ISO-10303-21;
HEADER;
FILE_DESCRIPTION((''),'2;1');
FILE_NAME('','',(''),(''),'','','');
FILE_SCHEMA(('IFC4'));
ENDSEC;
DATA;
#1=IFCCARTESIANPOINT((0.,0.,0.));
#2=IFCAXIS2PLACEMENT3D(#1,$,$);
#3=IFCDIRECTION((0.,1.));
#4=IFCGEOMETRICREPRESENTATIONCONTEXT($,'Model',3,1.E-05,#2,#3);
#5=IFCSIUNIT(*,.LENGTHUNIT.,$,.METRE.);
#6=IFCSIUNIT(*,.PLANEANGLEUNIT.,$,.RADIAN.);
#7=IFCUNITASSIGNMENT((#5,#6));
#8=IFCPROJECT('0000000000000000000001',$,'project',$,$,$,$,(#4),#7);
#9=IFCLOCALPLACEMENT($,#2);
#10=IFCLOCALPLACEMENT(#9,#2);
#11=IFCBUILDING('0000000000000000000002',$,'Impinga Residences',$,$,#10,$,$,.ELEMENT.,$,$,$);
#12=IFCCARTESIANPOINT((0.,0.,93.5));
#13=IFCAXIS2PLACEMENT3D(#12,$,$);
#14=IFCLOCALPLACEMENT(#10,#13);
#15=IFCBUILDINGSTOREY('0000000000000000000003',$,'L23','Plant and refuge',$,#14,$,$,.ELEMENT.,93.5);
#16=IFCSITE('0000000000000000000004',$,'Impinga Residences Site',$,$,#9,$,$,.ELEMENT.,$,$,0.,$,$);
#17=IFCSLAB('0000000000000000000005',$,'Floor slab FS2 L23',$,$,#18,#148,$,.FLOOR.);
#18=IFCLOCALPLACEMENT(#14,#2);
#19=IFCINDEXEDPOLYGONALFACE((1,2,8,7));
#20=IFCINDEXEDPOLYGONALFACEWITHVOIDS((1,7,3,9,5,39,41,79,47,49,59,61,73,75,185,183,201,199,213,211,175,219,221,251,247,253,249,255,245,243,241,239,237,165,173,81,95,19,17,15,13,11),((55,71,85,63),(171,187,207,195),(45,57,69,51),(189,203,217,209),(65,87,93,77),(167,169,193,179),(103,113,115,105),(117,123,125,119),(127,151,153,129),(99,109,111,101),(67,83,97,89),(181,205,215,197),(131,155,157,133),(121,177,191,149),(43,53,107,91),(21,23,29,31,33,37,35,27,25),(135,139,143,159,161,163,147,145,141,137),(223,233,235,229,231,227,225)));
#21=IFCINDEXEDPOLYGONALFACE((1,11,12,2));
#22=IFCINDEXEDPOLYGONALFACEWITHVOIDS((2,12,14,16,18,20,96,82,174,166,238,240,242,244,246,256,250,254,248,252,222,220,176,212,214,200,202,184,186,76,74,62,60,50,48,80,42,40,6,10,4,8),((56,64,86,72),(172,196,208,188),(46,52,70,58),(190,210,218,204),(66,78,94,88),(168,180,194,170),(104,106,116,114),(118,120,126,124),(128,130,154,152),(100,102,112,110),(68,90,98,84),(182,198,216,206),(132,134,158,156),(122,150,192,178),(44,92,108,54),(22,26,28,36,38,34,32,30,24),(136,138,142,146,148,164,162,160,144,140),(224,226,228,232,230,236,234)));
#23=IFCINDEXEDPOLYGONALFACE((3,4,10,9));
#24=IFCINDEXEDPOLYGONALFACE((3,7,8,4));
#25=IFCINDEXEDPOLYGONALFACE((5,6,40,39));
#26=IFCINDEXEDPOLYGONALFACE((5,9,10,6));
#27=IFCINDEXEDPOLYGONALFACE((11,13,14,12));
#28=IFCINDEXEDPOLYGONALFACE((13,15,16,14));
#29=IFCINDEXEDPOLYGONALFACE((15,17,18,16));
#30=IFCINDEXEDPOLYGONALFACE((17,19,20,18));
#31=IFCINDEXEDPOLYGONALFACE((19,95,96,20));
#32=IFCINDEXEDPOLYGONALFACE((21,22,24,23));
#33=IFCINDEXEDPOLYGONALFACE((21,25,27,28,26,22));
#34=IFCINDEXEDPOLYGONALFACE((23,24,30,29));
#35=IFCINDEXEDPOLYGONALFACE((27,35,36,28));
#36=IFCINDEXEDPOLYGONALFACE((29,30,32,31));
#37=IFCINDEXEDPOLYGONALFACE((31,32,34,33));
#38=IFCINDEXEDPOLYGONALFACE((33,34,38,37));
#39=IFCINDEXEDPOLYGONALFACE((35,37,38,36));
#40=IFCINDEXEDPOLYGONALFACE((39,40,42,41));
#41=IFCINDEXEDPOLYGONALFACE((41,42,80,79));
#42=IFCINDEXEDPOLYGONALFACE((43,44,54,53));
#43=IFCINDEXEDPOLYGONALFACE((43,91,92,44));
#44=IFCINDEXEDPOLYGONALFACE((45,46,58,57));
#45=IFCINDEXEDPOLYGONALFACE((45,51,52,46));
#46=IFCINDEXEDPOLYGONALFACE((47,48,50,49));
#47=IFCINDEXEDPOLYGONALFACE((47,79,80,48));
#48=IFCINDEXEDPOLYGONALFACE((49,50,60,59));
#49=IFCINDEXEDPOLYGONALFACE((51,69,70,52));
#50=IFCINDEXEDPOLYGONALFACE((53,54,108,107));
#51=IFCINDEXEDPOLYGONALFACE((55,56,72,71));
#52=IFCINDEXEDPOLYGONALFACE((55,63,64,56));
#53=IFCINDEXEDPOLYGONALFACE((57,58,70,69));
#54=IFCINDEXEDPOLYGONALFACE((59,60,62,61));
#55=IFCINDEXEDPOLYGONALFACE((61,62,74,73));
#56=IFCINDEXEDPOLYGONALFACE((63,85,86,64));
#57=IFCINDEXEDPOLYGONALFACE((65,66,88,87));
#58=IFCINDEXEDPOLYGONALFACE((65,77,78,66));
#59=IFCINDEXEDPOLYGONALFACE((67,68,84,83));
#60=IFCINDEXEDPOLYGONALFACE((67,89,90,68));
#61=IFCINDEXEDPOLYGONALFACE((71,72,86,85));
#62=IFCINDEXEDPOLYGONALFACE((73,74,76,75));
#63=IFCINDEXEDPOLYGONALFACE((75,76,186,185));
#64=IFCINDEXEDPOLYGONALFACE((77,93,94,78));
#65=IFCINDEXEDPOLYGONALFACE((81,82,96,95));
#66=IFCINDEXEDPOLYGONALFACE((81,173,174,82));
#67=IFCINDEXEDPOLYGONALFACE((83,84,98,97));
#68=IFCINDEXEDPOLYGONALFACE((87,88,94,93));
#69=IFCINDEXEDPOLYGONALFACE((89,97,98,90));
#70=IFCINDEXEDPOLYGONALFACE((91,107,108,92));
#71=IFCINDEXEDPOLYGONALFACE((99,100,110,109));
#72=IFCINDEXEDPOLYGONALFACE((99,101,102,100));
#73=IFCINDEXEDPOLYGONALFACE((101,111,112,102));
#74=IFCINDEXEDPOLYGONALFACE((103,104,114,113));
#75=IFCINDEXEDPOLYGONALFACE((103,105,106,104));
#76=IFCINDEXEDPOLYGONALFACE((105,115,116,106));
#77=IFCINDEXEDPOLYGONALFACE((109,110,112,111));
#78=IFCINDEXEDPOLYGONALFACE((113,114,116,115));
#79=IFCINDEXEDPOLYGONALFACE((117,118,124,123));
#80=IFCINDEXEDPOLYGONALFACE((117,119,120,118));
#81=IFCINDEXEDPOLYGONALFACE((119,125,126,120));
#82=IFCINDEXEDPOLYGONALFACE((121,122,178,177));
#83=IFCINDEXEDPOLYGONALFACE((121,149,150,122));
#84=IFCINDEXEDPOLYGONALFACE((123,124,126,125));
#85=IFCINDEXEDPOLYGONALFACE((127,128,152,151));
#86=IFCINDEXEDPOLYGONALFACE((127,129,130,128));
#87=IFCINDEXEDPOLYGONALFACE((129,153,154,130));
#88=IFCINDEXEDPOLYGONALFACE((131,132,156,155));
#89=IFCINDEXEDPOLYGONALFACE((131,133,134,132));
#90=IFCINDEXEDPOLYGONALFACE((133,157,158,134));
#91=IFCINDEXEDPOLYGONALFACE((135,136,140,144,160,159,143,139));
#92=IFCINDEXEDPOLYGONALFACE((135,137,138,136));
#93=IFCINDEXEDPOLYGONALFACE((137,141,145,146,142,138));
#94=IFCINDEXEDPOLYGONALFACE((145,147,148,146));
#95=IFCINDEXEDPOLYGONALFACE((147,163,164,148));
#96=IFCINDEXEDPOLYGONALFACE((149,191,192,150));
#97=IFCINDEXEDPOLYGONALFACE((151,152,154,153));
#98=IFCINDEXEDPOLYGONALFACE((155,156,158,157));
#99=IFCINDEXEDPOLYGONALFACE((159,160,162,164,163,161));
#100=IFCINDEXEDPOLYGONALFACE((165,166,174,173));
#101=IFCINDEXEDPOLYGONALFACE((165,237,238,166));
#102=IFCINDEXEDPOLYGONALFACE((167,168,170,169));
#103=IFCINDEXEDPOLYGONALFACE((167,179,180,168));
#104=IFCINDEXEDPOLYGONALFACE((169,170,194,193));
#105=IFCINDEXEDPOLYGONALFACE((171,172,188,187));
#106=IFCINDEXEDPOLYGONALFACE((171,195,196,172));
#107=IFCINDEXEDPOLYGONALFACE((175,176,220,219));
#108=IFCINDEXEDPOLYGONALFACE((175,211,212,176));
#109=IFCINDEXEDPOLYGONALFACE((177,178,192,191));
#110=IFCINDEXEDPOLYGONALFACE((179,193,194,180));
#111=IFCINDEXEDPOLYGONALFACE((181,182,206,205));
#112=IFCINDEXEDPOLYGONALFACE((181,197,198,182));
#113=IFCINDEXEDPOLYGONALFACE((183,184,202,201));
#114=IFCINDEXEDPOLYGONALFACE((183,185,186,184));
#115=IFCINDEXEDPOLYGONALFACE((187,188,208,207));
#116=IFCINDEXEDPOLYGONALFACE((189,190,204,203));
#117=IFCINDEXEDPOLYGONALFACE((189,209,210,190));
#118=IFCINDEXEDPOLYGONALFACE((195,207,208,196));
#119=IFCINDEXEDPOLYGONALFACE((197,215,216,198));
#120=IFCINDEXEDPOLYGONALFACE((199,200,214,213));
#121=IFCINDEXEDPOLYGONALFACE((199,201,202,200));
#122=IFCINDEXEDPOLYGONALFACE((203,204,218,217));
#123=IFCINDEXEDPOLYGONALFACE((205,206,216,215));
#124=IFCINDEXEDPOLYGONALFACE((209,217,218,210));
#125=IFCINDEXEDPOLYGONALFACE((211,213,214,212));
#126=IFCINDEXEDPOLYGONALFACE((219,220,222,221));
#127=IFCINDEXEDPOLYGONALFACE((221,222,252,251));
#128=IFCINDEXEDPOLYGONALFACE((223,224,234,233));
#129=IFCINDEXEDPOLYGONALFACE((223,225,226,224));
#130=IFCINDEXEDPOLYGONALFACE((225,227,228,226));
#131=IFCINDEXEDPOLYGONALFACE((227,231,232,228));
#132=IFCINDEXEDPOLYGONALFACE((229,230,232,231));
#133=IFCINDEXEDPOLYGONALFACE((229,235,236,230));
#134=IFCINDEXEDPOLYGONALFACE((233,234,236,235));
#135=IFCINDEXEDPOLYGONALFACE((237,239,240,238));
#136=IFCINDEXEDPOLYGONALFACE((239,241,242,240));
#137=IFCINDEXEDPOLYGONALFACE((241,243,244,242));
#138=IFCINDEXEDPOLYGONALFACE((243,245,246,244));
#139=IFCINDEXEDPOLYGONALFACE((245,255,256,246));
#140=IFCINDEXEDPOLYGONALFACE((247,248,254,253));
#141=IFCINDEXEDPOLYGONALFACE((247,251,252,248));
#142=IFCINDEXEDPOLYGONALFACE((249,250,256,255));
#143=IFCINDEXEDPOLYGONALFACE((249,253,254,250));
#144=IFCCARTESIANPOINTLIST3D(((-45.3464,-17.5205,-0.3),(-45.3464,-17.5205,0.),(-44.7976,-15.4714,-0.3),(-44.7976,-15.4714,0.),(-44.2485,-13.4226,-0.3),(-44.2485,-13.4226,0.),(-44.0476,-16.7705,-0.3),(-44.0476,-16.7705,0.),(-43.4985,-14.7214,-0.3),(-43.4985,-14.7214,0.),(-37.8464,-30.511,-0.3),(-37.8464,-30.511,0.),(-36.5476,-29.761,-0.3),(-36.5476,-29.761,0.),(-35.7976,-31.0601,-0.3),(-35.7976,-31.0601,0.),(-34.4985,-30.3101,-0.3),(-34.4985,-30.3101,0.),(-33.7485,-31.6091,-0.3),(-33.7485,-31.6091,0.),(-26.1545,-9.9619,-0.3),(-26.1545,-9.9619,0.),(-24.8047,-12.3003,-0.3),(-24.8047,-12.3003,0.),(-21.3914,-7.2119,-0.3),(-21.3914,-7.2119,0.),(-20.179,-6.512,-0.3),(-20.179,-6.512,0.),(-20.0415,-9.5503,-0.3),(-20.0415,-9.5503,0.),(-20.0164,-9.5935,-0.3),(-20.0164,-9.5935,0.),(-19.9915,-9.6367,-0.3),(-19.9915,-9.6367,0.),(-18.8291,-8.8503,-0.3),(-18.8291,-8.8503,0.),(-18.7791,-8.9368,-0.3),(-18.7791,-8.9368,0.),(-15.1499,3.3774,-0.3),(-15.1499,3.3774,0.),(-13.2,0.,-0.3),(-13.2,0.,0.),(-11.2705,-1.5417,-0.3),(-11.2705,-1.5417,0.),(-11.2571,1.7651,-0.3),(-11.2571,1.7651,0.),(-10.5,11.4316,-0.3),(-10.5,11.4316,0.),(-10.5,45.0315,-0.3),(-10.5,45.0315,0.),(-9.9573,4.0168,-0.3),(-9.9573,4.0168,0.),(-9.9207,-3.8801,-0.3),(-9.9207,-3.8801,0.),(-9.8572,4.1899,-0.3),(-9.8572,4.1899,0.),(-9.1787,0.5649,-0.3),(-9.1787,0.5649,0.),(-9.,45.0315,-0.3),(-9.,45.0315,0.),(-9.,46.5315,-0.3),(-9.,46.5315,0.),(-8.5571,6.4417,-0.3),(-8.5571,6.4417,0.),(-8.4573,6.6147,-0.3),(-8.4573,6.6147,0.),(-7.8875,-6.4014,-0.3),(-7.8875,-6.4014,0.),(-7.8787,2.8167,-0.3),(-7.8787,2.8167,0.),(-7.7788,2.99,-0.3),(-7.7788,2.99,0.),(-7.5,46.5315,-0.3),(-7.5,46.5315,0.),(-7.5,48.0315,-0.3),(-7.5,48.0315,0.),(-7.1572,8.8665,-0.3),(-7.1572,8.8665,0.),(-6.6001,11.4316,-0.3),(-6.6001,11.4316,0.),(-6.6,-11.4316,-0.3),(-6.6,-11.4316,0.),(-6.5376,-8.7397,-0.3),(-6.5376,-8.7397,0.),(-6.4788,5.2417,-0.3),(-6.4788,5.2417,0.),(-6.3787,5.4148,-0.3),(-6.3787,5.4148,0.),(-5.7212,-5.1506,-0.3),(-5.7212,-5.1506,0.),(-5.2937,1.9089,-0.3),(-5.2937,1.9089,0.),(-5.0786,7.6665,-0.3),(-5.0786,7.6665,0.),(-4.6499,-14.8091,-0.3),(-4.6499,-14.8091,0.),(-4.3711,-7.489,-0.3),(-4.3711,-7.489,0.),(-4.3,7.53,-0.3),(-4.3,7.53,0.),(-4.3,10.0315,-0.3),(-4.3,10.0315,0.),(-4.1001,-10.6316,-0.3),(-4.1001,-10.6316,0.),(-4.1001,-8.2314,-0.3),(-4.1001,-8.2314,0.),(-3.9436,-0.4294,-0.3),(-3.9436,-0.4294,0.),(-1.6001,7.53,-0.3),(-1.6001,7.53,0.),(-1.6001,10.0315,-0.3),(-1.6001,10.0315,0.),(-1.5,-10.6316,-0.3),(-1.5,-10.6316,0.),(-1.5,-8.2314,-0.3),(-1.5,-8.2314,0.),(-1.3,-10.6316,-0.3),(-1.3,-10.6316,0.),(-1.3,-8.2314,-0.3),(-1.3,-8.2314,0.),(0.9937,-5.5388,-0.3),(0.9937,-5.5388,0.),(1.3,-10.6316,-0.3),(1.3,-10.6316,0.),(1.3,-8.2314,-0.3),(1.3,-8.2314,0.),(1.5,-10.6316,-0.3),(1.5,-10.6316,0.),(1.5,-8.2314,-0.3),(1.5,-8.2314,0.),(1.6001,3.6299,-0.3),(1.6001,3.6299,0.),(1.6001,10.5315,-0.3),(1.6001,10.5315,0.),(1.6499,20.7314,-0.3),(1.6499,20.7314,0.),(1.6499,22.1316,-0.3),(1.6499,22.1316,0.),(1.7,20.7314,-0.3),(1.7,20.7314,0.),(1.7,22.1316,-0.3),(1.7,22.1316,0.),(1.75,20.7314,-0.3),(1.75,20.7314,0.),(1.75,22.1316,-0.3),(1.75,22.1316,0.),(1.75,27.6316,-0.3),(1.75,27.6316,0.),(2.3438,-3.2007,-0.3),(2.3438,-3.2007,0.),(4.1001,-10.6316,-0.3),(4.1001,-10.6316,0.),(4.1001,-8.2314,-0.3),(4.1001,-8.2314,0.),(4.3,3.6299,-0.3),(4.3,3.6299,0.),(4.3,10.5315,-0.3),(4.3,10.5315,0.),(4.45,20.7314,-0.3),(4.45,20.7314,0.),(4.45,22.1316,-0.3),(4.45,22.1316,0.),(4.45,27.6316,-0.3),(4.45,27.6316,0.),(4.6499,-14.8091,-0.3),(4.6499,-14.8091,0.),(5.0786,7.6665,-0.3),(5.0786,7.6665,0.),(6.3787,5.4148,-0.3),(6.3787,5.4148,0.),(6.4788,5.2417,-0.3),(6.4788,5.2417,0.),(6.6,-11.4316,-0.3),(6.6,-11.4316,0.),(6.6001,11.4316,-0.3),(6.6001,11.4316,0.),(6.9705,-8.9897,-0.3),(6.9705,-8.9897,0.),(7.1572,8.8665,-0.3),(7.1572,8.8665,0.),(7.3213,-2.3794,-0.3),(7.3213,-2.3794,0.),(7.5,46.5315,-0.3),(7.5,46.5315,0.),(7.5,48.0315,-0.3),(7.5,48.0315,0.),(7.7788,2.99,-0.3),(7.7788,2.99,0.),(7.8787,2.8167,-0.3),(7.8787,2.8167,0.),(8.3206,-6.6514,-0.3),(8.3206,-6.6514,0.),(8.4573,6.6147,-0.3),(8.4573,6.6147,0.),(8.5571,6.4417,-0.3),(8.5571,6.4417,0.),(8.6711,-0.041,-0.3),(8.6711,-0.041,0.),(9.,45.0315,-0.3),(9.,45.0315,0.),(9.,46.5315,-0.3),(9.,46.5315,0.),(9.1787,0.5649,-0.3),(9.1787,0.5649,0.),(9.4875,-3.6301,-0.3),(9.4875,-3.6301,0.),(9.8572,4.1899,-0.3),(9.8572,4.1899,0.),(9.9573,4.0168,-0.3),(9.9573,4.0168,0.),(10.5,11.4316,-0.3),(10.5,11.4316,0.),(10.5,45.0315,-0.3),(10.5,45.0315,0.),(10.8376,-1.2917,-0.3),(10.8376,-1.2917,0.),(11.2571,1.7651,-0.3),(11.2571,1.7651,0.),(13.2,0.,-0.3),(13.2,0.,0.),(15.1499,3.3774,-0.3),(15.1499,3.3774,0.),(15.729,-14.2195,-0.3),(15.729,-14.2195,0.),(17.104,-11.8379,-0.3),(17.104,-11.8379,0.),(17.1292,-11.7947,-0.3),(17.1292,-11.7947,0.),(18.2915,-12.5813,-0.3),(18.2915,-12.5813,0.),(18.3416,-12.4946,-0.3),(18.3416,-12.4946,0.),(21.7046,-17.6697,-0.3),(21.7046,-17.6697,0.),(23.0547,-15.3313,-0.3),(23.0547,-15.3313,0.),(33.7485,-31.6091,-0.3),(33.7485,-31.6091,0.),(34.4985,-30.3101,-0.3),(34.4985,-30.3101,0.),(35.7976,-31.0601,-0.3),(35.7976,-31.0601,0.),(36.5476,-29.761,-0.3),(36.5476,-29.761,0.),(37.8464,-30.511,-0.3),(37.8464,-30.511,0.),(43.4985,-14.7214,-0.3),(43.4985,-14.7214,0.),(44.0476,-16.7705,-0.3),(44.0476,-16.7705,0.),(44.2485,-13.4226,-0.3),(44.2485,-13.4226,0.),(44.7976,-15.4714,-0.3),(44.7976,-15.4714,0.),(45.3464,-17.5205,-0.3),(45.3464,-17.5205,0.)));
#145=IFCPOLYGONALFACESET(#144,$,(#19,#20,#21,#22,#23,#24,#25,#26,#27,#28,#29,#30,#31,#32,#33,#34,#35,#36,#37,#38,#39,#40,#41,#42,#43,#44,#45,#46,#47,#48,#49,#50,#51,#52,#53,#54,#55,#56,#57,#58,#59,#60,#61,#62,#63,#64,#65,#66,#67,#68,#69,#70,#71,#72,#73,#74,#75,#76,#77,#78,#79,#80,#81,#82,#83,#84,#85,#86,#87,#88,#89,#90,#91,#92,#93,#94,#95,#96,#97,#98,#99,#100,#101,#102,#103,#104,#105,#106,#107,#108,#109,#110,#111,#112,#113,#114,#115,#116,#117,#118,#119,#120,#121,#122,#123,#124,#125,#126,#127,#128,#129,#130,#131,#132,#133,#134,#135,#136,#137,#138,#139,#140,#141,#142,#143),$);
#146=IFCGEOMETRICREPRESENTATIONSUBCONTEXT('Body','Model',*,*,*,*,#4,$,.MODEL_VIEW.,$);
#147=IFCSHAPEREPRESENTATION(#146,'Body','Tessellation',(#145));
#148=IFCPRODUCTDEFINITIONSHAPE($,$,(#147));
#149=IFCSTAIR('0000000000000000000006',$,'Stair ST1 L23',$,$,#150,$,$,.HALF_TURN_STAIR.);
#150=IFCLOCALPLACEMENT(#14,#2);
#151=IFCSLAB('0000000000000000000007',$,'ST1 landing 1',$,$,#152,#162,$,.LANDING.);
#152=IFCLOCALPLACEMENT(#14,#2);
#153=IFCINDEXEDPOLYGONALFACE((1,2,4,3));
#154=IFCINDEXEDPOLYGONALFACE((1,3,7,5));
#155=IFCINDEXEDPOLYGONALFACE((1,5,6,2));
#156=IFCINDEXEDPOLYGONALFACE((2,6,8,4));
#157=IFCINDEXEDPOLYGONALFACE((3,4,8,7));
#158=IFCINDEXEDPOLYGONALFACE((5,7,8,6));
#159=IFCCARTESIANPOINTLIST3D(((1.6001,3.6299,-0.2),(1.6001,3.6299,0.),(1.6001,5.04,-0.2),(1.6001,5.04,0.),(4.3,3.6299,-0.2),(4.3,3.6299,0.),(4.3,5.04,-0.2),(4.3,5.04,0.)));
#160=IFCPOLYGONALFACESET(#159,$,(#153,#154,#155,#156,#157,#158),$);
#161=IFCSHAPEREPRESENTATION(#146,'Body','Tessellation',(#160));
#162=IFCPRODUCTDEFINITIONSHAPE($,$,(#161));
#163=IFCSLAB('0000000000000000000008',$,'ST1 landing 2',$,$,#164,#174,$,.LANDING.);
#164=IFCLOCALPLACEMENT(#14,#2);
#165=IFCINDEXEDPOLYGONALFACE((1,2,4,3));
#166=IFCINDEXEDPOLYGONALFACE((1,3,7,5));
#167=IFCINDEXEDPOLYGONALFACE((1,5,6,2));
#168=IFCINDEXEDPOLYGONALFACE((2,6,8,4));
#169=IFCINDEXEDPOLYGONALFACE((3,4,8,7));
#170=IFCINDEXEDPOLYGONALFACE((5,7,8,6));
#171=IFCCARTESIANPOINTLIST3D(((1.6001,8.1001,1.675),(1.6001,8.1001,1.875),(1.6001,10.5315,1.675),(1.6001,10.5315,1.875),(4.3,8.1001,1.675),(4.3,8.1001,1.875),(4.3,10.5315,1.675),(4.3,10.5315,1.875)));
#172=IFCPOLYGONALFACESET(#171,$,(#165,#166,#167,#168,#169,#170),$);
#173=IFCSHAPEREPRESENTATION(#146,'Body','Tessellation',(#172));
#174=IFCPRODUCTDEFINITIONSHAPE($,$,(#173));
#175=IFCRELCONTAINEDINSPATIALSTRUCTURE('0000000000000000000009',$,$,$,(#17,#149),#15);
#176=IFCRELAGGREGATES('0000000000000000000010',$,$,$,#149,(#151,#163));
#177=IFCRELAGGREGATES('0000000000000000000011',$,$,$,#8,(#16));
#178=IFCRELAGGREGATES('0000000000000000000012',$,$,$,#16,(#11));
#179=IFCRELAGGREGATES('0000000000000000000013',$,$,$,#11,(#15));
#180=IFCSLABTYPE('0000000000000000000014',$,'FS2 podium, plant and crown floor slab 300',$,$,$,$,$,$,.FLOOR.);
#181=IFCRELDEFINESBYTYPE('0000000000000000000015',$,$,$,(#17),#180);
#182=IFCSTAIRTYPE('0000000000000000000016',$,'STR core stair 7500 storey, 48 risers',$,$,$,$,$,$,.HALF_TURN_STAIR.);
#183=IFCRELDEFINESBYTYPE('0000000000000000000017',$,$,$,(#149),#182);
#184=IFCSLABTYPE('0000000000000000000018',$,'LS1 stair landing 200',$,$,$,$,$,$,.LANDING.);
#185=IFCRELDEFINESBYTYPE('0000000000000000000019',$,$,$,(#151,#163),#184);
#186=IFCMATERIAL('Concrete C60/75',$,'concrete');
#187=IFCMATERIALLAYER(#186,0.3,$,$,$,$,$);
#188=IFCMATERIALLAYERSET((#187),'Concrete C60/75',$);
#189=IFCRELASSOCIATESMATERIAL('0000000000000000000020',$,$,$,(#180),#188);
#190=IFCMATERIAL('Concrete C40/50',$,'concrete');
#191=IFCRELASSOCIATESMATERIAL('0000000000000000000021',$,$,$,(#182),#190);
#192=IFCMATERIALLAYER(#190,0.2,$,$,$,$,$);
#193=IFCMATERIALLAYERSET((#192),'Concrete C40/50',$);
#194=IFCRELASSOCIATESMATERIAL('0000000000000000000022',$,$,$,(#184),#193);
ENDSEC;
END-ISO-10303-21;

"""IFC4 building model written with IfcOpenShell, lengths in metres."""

from ifc_helpers import new_model, si_unit, direction, frame, origin, place, context, subcontext, project, spatial, polyline, outline, extrude, material, layer, layer_set, type_object, element, aggregate, save


model = new_model("IFC4")

# Units and contexts
model_context = context("Model", 3, precision=1e-05, world=origin(), true_north=direction((0.0, 1.0)))
body_context = subcontext(model_context, "Body", "Model", "MODEL_VIEW")
ifc_project = project(units=[si_unit("LENGTHUNIT", "METRE"), si_unit("PLANEANGLEUNIT", "RADIAN")], contexts=[model_context])

# Site, building, storey
site_placement = place(None, origin())
site = spatial("IfcSite", under=ifc_project, at=site_placement, Name="Impinga Residences Site", CompositionType="ELEMENT", RefElevation=0.0)
building_placement = place(site_placement, origin())
building = spatial("IfcBuilding", under=site, at=building_placement, Name="Impinga Residences", CompositionType="ELEMENT")
storey_placement = place(building_placement, frame((0.0, 0.0, 93.5)))
storey = spatial("IfcBuildingStorey", under=building, at=storey_placement, Name="L23", Description="Plant and refuge", CompositionType="ELEMENT", Elevation=93.5)

# Slab
ifc_material_1 = material(Name="Concrete C60/75", Category="concrete")
ifc_layer_1 = layer(ifc_material_1, 0.3)
ifc_layer_set_1 = layer_set([ifc_layer_1], Name="Concrete C60/75")
slab_type_1 = type_object("IfcSlabType", Name="FS2 podium, plant and crown floor slab 300", PredefinedType="FLOOR", material=ifc_layer_set_1)
slab_1_placement = place(storey_placement, frame((0.0, 0.0, -0.3)))
element("IfcSlab", 1, at=slab_1_placement, inside=storey, type_object=slab_type_1, Name="Floor slab FS2 L23", PredefinedType="FLOOR", context=body_context, shape_type="SweptSolid", body=[
    extrude(outline(polyline([(-34.4985, -30.3101), (-35.7976, -31.0601), (-36.5476, -29.761), (-37.8464, -30.511), (-45.3464, -17.5205), (-44.0476, -16.7705), (-44.7976, -15.4714), (-43.4985, -14.7214), (-44.2485, -13.4226), (-15.1499, 3.3774), (-13.2, 0.0), (-6.6001, 11.4316), (-10.5, 11.4316), (-10.5, 45.0315), (-9.0, 45.0315), (-9.0, 46.5315), (-7.5, 46.5315), (-7.5, 48.0315), (7.5, 48.0315), (7.5, 46.5315), (9.0, 46.5315), (9.0, 45.0315), (10.5, 45.0315), (10.5, 11.4316), (6.6001, 11.4316), (13.2, 0.0), (15.1499, 3.3774), (44.2485, -13.4226), (43.4985, -14.7214), (44.7976, -15.4714), (44.0476, -16.7705), (45.3464, -17.5205), (37.8464, -30.511), (36.5476, -29.761), (35.7976, -31.0601), (34.4985, -30.3101), (33.7485, -31.6091), (4.6499, -14.8091), (9.9001, -5.7158), (6.6001, -11.4316), (-6.6001, -11.4316), (-9.9001, -5.7158), (-4.6499, -14.8091), (-33.7485, -31.6091), (-34.4985, -30.3101)]), holes=[polyline([(-4.1001, -8.2314), (-4.1001, -10.6316), (-1.5, -10.6316), (-1.5, -8.2314), (-4.1001, -8.2314)]), polyline([(1.3, -8.2314), (-1.3, -8.2314), (-1.3, -10.6316), (1.3, -10.6316), (1.3, -8.2314)]), polyline([(4.1001, -8.2314), (1.5, -8.2314), (1.5, -10.6316), (4.1001, -10.6316), (4.1001, -8.2314)]), polyline([(-18.7791, -8.9368), (-18.8291, -8.8503), (-18.8291, -8.8503), (-20.179, -6.512), (-21.3914, -7.2119), (-21.3914, -7.2119), (-26.1545, -9.9619), (-24.8047, -12.3003), (-20.0415, -9.5503), (-20.0164, -9.5935), (-20.0164, -9.5935), (-19.9915, -9.6367), (-18.7791, -8.9368)]), polyline([(-5.7212, -5.1506), (-7.8875, -6.4014), (-6.5376, -8.7397), (-4.3711, -7.489), (-5.7212, -5.1506)]), polyline([(-3.9436, -0.4294), (-5.2937, 1.9089), (-11.2705, -1.5417), (-9.9207, -3.8801), (-3.9436, -0.4294)]), polyline([(-9.1787, 0.5649), (-7.8787, 2.8167), (-9.9573, 4.0168), (-11.2571, 1.7651), (-9.1787, 0.5649)]), polyline([(-6.4788, 5.2417), (-8.5571, 6.4417), (-9.8572, 4.1899), (-7.7788, 2.99), (-6.4788, 5.2417)]), polyline([(-6.3787, 5.4148), (-5.0786, 7.6665), (-7.1572, 8.8665), (-8.4573, 6.6147), (-6.3787, 5.4148)]), polyline([(-4.3, 7.53), (-1.6001, 7.53), (-1.6001, 10.0315), (-4.3, 10.0315), (-4.3, 7.53)]), polyline([(15.729, -14.2195), (21.7046, -17.6697), (23.0547, -15.3313), (18.2915, -12.5813), (18.3416, -12.4946), (17.1292, -11.7947), (17.104, -11.8379), (17.104, -11.8379), (15.729, -14.2195)]), polyline([(0.9937, -5.5388), (6.9705, -8.9897), (8.3206, -6.6514), (2.3438, -3.2007), (0.9937, -5.5388)]), polyline([(8.6711, -0.041), (7.3213, -2.3794), (9.4875, -3.6301), (10.8376, -1.2917), (8.6711, -0.041)]), polyline([(7.8787, 2.8167), (9.1787, 0.5649), (11.2571, 1.7651), (9.9573, 4.0168), (7.8787, 2.8167)]), polyline([(7.7788, 2.99), (9.8572, 4.1899), (8.5571, 6.4417), (6.4788, 5.2417), (7.7788, 2.99)]), polyline([(1.6001, 3.6299), (4.3, 3.6299), (4.3, 10.5315), (1.6001, 10.5315), (1.6001, 3.6299)]), polyline([(5.0786, 7.6665), (6.3787, 5.4148), (8.4573, 6.6147), (7.1572, 8.8665), (5.0786, 7.6665)]), polyline([(1.7, 22.1316), (1.6499, 22.1316), (1.6499, 20.7314), (1.7, 20.7314), (1.75, 20.7314), (4.45, 20.7314), (4.45, 22.1316), (4.45, 27.6316), (1.75, 27.6316), (1.75, 22.1316), (1.7, 22.1316)])]), origin(), (0.0, 0.0, 1.0), 0.3),
])

# Stair, slabs
ifc_material_2 = material(Name="Concrete C40/50", Category="concrete")
stair_type = type_object("IfcStairType", Name="STR core stair 7500 storey, 48 risers", PredefinedType="HALF_TURN_STAIR", material=ifc_material_2)
stair_1_placement = place(storey_placement, origin())
stair_1 = element("IfcStair", 2, at=stair_1_placement, inside=storey, type_object=stair_type, Name="Stair ST1 L23", PredefinedType="HALF_TURN_STAIR")
ifc_layer_2 = layer(ifc_material_2, 0.2)
ifc_layer_set_2 = layer_set([ifc_layer_2], Name="Concrete C40/50")
slab_type_2 = type_object("IfcSlabType", Name="LS1 stair landing 200", PredefinedType="LANDING", material=ifc_layer_set_2)
slab_2_placement = place(storey_placement, frame((0.0, 0.0, -0.2)))
slab_2 = element("IfcSlab", 3, at=slab_2_placement, type_object=slab_type_2, Name="ST1 landing 1", PredefinedType="LANDING", context=body_context, shape_type="SweptSolid", body=[
    extrude(outline(polyline([(1.6001, 3.6299), (4.3, 3.6299), (4.3, 5.04), (1.6001, 5.04), (1.6001, 3.6299)])), origin(), (0.0, 0.0, 1.0), 0.2),
])
slab_3_placement = place(storey_placement, frame((0.0, 0.0, 1.675)))
slab_3 = element("IfcSlab", 4, at=slab_3_placement, type_object=slab_type_2, Name="ST1 landing 2", PredefinedType="LANDING", context=body_context, shape_type="SweptSolid", body=[
    extrude(outline(polyline([(1.6001, 8.1001), (4.3, 8.1001), (4.3, 10.5315), (1.6001, 10.5315), (1.6001, 8.1001)])), origin(), (0.0, 0.0, 1.0), 0.2),
])
aggregate(stair_1, [slab_2, slab_3])

save(model, "model.ifc")
